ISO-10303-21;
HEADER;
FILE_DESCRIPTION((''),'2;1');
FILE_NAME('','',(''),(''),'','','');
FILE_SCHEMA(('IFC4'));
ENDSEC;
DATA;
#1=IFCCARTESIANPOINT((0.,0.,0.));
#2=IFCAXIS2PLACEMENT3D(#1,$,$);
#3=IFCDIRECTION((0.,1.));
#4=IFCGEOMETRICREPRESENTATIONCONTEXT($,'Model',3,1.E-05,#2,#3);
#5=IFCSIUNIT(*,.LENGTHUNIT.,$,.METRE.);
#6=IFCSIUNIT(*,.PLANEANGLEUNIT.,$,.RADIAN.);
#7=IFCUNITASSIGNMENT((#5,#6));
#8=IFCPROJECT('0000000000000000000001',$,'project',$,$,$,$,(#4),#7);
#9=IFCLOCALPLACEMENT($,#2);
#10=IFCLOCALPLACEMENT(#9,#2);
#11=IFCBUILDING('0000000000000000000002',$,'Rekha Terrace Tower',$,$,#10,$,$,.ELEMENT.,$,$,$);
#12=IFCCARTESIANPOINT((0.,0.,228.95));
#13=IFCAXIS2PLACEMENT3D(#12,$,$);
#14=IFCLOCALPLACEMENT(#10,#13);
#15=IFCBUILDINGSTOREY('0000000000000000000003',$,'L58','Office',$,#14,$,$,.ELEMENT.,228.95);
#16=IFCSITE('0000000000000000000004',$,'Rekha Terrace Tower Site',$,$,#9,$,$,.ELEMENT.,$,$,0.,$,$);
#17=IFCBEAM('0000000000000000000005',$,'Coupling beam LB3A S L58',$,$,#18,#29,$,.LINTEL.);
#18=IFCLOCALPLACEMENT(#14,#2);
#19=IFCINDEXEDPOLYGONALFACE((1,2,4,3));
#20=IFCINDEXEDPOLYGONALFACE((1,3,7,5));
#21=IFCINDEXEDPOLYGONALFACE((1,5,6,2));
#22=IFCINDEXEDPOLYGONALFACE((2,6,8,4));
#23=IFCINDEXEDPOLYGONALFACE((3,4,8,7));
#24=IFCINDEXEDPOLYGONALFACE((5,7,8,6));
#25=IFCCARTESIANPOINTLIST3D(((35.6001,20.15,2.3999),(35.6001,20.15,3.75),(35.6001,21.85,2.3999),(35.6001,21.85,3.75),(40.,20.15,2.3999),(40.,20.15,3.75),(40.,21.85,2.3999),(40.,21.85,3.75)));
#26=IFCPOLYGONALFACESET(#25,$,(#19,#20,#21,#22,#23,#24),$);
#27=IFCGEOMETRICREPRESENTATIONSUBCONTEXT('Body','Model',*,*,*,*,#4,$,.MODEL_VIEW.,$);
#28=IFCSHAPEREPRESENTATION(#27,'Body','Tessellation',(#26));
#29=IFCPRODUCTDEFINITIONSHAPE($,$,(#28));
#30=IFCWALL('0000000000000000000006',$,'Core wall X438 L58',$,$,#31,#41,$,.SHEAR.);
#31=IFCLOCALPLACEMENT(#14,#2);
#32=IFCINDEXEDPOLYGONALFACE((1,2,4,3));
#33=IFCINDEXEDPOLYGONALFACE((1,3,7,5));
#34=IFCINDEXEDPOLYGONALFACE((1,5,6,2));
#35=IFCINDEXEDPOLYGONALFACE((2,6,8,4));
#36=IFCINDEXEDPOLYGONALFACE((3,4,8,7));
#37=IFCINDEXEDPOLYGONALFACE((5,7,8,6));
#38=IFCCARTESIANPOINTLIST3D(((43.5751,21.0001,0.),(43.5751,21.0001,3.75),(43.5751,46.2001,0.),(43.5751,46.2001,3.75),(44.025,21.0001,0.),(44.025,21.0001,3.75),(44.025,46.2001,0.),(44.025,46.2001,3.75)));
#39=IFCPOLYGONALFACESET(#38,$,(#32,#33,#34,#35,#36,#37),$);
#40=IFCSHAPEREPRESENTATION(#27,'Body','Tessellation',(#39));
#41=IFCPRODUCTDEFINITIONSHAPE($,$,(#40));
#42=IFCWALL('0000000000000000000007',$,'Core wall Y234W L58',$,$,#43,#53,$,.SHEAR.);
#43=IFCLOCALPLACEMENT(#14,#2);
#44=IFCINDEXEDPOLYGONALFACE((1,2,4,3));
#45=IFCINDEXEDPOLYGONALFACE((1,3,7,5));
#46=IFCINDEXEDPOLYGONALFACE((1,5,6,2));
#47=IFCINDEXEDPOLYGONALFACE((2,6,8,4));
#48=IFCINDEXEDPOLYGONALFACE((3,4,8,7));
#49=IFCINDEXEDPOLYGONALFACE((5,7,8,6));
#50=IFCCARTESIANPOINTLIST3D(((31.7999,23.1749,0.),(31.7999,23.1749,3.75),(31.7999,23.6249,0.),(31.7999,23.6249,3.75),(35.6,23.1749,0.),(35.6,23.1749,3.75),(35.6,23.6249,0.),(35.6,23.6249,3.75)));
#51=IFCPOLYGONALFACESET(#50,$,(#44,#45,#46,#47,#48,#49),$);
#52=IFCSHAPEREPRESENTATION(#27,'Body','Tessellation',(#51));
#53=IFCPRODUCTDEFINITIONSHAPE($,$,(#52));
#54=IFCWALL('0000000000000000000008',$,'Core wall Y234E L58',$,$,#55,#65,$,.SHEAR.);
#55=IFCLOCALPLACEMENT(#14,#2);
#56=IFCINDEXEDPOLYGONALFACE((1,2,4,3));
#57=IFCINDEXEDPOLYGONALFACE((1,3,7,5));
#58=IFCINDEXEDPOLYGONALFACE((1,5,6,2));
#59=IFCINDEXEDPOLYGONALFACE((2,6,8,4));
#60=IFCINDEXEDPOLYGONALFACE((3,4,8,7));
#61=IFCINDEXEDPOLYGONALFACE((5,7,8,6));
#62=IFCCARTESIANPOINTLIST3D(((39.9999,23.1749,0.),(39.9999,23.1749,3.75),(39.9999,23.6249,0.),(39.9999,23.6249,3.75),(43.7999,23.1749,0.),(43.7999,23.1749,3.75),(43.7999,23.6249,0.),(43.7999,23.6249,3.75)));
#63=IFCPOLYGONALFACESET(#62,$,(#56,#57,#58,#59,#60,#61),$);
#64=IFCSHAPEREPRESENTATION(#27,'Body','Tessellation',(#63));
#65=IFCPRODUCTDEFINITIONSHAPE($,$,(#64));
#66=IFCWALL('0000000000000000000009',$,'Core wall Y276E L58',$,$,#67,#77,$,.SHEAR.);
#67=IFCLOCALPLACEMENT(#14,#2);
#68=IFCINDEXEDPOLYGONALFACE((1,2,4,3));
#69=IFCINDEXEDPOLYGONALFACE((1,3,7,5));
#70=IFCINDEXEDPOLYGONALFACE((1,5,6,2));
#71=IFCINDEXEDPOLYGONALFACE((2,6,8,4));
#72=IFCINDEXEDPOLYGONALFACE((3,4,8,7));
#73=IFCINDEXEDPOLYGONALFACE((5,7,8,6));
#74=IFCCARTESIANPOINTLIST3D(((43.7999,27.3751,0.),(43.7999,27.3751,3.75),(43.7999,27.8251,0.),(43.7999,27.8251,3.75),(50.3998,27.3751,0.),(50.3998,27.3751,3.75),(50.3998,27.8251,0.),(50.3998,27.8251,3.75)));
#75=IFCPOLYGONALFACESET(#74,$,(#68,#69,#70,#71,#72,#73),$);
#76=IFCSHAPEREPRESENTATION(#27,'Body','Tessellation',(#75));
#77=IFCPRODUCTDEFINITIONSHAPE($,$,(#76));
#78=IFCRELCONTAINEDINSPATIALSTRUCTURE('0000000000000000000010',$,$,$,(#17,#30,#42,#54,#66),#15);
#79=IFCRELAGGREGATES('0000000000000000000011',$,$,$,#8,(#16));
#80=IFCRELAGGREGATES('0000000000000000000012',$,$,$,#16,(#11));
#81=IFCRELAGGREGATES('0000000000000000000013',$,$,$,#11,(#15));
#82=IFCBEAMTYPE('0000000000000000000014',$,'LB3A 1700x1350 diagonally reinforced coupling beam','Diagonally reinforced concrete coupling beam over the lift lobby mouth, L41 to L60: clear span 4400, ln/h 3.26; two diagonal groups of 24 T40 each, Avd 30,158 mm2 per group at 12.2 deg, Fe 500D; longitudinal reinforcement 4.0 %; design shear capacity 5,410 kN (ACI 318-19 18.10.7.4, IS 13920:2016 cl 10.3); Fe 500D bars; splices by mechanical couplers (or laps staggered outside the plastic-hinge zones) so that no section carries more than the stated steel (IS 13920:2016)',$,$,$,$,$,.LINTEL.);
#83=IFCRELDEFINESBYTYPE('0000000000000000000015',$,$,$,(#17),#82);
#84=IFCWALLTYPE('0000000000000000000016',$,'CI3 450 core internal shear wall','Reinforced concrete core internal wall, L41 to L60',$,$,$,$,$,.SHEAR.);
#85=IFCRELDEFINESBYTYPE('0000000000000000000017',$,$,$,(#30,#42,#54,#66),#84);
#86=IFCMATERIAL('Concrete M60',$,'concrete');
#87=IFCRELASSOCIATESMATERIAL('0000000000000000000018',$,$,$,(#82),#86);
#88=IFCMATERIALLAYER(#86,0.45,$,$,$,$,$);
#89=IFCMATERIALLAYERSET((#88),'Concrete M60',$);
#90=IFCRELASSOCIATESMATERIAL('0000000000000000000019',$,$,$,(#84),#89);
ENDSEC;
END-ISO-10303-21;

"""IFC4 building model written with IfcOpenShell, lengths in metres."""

from ifc_helpers import new_model, si_unit, direction, frame, frame_2d, origin, origin_2d, place, context, subcontext, project, spatial, rectangle, extrude, material, layer, layer_set, material_profile, profile_set, type_object, element, save


model = new_model("IFC4")

# Units and contexts
model_context = context("Model", 3, precision=1e-05, world=origin(), true_north=direction((0.0, 1.0)))
body_context = subcontext(model_context, "Body", "Model", "MODEL_VIEW")
ifc_project = project(units=[si_unit("LENGTHUNIT", "METRE"), si_unit("PLANEANGLEUNIT", "RADIAN")], contexts=[model_context])

# Site, building, storey
site_placement = place(None, origin())
site = spatial("IfcSite", under=ifc_project, at=site_placement, Name="Rekha Terrace Tower Site", CompositionType="ELEMENT", RefElevation=0.0)
building_placement = place(site_placement, origin())
building = spatial("IfcBuilding", under=site, at=building_placement, Name="Rekha Terrace Tower", CompositionType="ELEMENT")
storey_placement = place(building_placement, frame((0.0, 0.0, 228.95)))
storey = spatial("IfcBuildingStorey", under=building, at=storey_placement, Name="L58", Description="Office", CompositionType="ELEMENT", Elevation=228.95)

# Beam
ifc_material_1 = material(Name="Concrete M60", Category="concrete")
ifc_material_profile = material_profile(ifc_material_1, rectangle(XDim=1.7, YDim=1.3501, at=origin_2d()), Name="RC 1700x1350")
ifc_profile_set = profile_set([ifc_material_profile], Name="Concrete M60")
beam_type = type_object("IfcBeamType", Name="LB3A 1700x1350 diagonally reinforced coupling beam", Description="Diagonally reinforced concrete coupling beam over the lift lobby mouth, L41 to L60: clear span 4400, ln/h 3.26; two diagonal groups of 24 T40 each, Avd 30,158 mm2 per group at 12.2 deg, Fe 500D; longitudinal reinforcement 4.0 %; design shear capacity 5,410 kN (ACI 318-19 18.10.7.4, IS 13920:2016 cl 10.3); Fe 500D bars; splices by mechanical couplers (or laps staggered outside the plastic-hinge zones) so that no section carries more than the stated steel (IS 13920:2016)", PredefinedType="LINTEL", material=ifc_profile_set)
beam_placement = place(storey_placement, frame((35.6001, 21.0, 3.075), z_axis=(1.0, 0.0, 0.0), x_axis=(0.0, 1.0, 0.0)))
element("IfcBeam", 1, at=beam_placement, inside=storey, type_object=beam_type, Name="Coupling beam LB3A S L58", PredefinedType="LINTEL", context=body_context, shape_type="SweptSolid", body=[
    extrude(rectangle(XDim=1.7, YDim=1.3501, at=origin_2d()), origin(), (0.0, 0.0, 1.0), 4.3999),
])

# Walls
ifc_layer_1 = layer(ifc_material_1, 0.45)
ifc_layer_set_1 = layer_set([ifc_layer_1], Name="Concrete M60")
wall_type_1 = type_object("IfcWallType", Name="CI3 450 core internal shear wall", Description="Reinforced concrete core internal wall, L41 to L60", PredefinedType="SHEAR", material=ifc_layer_set_1)
wall_1_placement = place(storey_placement, frame((43.8, 21.0, 0.0), z_axis=(0.0, 0.0, 1.0), x_axis=(0.0, 1.0, 0.0)))
element("IfcWall", 2, at=wall_1_placement, inside=storey, type_object=wall_type_1, Name="Core wall X438 L58", PredefinedType="SHEAR", context=body_context, shape_type="SweptSolid", body=[
    extrude(rectangle(XDim=25.2, YDim=0.45, at=frame_2d((12.6001, 0.0))), origin(), (0.0, 0.0, 1.0), 3.75),
])
for number, where, z_axis, x_axis, name in (
    (3, (31.8, 23.3999, 0.0), (0.0, 0.0, 1.0), (1.0, 0.0, 0.0), "Core wall Y234W L58"),
    (4, (40.0, 23.3999, 0.0), (0.0, 0.0, 1.0), (1.0, 0.0, 0.0), "Core wall Y234E L58"),
):
    element("IfcWall", number, at=place(storey_placement, frame(where, z_axis=z_axis, x_axis=x_axis)), inside=storey, type_object=wall_type_1, Name=name, PredefinedType="SHEAR", context=body_context, shape_type="SweptSolid", body=[
        extrude(rectangle(XDim=3.8, YDim=0.45, at=frame_2d((1.8999, 0.0))), origin(), (0.0, 0.0, 1.0), 3.75),
    ])
wall_2_placement = place(storey_placement, frame((43.8, 27.6001, 0.0), z_axis=(0.0, 0.0, 1.0), x_axis=(1.0, 0.0, 0.0)))
element("IfcWall", 5, at=wall_2_placement, inside=storey, type_object=wall_type_1, Name="Core wall Y276E L58", PredefinedType="SHEAR", context=body_context, shape_type="SweptSolid", body=[
    extrude(rectangle(XDim=6.5999, YDim=0.45, at=frame_2d((3.2998, 0.0))), origin(), (0.0, 0.0, 1.0), 3.75),
])

save(model, "model.ifc")
